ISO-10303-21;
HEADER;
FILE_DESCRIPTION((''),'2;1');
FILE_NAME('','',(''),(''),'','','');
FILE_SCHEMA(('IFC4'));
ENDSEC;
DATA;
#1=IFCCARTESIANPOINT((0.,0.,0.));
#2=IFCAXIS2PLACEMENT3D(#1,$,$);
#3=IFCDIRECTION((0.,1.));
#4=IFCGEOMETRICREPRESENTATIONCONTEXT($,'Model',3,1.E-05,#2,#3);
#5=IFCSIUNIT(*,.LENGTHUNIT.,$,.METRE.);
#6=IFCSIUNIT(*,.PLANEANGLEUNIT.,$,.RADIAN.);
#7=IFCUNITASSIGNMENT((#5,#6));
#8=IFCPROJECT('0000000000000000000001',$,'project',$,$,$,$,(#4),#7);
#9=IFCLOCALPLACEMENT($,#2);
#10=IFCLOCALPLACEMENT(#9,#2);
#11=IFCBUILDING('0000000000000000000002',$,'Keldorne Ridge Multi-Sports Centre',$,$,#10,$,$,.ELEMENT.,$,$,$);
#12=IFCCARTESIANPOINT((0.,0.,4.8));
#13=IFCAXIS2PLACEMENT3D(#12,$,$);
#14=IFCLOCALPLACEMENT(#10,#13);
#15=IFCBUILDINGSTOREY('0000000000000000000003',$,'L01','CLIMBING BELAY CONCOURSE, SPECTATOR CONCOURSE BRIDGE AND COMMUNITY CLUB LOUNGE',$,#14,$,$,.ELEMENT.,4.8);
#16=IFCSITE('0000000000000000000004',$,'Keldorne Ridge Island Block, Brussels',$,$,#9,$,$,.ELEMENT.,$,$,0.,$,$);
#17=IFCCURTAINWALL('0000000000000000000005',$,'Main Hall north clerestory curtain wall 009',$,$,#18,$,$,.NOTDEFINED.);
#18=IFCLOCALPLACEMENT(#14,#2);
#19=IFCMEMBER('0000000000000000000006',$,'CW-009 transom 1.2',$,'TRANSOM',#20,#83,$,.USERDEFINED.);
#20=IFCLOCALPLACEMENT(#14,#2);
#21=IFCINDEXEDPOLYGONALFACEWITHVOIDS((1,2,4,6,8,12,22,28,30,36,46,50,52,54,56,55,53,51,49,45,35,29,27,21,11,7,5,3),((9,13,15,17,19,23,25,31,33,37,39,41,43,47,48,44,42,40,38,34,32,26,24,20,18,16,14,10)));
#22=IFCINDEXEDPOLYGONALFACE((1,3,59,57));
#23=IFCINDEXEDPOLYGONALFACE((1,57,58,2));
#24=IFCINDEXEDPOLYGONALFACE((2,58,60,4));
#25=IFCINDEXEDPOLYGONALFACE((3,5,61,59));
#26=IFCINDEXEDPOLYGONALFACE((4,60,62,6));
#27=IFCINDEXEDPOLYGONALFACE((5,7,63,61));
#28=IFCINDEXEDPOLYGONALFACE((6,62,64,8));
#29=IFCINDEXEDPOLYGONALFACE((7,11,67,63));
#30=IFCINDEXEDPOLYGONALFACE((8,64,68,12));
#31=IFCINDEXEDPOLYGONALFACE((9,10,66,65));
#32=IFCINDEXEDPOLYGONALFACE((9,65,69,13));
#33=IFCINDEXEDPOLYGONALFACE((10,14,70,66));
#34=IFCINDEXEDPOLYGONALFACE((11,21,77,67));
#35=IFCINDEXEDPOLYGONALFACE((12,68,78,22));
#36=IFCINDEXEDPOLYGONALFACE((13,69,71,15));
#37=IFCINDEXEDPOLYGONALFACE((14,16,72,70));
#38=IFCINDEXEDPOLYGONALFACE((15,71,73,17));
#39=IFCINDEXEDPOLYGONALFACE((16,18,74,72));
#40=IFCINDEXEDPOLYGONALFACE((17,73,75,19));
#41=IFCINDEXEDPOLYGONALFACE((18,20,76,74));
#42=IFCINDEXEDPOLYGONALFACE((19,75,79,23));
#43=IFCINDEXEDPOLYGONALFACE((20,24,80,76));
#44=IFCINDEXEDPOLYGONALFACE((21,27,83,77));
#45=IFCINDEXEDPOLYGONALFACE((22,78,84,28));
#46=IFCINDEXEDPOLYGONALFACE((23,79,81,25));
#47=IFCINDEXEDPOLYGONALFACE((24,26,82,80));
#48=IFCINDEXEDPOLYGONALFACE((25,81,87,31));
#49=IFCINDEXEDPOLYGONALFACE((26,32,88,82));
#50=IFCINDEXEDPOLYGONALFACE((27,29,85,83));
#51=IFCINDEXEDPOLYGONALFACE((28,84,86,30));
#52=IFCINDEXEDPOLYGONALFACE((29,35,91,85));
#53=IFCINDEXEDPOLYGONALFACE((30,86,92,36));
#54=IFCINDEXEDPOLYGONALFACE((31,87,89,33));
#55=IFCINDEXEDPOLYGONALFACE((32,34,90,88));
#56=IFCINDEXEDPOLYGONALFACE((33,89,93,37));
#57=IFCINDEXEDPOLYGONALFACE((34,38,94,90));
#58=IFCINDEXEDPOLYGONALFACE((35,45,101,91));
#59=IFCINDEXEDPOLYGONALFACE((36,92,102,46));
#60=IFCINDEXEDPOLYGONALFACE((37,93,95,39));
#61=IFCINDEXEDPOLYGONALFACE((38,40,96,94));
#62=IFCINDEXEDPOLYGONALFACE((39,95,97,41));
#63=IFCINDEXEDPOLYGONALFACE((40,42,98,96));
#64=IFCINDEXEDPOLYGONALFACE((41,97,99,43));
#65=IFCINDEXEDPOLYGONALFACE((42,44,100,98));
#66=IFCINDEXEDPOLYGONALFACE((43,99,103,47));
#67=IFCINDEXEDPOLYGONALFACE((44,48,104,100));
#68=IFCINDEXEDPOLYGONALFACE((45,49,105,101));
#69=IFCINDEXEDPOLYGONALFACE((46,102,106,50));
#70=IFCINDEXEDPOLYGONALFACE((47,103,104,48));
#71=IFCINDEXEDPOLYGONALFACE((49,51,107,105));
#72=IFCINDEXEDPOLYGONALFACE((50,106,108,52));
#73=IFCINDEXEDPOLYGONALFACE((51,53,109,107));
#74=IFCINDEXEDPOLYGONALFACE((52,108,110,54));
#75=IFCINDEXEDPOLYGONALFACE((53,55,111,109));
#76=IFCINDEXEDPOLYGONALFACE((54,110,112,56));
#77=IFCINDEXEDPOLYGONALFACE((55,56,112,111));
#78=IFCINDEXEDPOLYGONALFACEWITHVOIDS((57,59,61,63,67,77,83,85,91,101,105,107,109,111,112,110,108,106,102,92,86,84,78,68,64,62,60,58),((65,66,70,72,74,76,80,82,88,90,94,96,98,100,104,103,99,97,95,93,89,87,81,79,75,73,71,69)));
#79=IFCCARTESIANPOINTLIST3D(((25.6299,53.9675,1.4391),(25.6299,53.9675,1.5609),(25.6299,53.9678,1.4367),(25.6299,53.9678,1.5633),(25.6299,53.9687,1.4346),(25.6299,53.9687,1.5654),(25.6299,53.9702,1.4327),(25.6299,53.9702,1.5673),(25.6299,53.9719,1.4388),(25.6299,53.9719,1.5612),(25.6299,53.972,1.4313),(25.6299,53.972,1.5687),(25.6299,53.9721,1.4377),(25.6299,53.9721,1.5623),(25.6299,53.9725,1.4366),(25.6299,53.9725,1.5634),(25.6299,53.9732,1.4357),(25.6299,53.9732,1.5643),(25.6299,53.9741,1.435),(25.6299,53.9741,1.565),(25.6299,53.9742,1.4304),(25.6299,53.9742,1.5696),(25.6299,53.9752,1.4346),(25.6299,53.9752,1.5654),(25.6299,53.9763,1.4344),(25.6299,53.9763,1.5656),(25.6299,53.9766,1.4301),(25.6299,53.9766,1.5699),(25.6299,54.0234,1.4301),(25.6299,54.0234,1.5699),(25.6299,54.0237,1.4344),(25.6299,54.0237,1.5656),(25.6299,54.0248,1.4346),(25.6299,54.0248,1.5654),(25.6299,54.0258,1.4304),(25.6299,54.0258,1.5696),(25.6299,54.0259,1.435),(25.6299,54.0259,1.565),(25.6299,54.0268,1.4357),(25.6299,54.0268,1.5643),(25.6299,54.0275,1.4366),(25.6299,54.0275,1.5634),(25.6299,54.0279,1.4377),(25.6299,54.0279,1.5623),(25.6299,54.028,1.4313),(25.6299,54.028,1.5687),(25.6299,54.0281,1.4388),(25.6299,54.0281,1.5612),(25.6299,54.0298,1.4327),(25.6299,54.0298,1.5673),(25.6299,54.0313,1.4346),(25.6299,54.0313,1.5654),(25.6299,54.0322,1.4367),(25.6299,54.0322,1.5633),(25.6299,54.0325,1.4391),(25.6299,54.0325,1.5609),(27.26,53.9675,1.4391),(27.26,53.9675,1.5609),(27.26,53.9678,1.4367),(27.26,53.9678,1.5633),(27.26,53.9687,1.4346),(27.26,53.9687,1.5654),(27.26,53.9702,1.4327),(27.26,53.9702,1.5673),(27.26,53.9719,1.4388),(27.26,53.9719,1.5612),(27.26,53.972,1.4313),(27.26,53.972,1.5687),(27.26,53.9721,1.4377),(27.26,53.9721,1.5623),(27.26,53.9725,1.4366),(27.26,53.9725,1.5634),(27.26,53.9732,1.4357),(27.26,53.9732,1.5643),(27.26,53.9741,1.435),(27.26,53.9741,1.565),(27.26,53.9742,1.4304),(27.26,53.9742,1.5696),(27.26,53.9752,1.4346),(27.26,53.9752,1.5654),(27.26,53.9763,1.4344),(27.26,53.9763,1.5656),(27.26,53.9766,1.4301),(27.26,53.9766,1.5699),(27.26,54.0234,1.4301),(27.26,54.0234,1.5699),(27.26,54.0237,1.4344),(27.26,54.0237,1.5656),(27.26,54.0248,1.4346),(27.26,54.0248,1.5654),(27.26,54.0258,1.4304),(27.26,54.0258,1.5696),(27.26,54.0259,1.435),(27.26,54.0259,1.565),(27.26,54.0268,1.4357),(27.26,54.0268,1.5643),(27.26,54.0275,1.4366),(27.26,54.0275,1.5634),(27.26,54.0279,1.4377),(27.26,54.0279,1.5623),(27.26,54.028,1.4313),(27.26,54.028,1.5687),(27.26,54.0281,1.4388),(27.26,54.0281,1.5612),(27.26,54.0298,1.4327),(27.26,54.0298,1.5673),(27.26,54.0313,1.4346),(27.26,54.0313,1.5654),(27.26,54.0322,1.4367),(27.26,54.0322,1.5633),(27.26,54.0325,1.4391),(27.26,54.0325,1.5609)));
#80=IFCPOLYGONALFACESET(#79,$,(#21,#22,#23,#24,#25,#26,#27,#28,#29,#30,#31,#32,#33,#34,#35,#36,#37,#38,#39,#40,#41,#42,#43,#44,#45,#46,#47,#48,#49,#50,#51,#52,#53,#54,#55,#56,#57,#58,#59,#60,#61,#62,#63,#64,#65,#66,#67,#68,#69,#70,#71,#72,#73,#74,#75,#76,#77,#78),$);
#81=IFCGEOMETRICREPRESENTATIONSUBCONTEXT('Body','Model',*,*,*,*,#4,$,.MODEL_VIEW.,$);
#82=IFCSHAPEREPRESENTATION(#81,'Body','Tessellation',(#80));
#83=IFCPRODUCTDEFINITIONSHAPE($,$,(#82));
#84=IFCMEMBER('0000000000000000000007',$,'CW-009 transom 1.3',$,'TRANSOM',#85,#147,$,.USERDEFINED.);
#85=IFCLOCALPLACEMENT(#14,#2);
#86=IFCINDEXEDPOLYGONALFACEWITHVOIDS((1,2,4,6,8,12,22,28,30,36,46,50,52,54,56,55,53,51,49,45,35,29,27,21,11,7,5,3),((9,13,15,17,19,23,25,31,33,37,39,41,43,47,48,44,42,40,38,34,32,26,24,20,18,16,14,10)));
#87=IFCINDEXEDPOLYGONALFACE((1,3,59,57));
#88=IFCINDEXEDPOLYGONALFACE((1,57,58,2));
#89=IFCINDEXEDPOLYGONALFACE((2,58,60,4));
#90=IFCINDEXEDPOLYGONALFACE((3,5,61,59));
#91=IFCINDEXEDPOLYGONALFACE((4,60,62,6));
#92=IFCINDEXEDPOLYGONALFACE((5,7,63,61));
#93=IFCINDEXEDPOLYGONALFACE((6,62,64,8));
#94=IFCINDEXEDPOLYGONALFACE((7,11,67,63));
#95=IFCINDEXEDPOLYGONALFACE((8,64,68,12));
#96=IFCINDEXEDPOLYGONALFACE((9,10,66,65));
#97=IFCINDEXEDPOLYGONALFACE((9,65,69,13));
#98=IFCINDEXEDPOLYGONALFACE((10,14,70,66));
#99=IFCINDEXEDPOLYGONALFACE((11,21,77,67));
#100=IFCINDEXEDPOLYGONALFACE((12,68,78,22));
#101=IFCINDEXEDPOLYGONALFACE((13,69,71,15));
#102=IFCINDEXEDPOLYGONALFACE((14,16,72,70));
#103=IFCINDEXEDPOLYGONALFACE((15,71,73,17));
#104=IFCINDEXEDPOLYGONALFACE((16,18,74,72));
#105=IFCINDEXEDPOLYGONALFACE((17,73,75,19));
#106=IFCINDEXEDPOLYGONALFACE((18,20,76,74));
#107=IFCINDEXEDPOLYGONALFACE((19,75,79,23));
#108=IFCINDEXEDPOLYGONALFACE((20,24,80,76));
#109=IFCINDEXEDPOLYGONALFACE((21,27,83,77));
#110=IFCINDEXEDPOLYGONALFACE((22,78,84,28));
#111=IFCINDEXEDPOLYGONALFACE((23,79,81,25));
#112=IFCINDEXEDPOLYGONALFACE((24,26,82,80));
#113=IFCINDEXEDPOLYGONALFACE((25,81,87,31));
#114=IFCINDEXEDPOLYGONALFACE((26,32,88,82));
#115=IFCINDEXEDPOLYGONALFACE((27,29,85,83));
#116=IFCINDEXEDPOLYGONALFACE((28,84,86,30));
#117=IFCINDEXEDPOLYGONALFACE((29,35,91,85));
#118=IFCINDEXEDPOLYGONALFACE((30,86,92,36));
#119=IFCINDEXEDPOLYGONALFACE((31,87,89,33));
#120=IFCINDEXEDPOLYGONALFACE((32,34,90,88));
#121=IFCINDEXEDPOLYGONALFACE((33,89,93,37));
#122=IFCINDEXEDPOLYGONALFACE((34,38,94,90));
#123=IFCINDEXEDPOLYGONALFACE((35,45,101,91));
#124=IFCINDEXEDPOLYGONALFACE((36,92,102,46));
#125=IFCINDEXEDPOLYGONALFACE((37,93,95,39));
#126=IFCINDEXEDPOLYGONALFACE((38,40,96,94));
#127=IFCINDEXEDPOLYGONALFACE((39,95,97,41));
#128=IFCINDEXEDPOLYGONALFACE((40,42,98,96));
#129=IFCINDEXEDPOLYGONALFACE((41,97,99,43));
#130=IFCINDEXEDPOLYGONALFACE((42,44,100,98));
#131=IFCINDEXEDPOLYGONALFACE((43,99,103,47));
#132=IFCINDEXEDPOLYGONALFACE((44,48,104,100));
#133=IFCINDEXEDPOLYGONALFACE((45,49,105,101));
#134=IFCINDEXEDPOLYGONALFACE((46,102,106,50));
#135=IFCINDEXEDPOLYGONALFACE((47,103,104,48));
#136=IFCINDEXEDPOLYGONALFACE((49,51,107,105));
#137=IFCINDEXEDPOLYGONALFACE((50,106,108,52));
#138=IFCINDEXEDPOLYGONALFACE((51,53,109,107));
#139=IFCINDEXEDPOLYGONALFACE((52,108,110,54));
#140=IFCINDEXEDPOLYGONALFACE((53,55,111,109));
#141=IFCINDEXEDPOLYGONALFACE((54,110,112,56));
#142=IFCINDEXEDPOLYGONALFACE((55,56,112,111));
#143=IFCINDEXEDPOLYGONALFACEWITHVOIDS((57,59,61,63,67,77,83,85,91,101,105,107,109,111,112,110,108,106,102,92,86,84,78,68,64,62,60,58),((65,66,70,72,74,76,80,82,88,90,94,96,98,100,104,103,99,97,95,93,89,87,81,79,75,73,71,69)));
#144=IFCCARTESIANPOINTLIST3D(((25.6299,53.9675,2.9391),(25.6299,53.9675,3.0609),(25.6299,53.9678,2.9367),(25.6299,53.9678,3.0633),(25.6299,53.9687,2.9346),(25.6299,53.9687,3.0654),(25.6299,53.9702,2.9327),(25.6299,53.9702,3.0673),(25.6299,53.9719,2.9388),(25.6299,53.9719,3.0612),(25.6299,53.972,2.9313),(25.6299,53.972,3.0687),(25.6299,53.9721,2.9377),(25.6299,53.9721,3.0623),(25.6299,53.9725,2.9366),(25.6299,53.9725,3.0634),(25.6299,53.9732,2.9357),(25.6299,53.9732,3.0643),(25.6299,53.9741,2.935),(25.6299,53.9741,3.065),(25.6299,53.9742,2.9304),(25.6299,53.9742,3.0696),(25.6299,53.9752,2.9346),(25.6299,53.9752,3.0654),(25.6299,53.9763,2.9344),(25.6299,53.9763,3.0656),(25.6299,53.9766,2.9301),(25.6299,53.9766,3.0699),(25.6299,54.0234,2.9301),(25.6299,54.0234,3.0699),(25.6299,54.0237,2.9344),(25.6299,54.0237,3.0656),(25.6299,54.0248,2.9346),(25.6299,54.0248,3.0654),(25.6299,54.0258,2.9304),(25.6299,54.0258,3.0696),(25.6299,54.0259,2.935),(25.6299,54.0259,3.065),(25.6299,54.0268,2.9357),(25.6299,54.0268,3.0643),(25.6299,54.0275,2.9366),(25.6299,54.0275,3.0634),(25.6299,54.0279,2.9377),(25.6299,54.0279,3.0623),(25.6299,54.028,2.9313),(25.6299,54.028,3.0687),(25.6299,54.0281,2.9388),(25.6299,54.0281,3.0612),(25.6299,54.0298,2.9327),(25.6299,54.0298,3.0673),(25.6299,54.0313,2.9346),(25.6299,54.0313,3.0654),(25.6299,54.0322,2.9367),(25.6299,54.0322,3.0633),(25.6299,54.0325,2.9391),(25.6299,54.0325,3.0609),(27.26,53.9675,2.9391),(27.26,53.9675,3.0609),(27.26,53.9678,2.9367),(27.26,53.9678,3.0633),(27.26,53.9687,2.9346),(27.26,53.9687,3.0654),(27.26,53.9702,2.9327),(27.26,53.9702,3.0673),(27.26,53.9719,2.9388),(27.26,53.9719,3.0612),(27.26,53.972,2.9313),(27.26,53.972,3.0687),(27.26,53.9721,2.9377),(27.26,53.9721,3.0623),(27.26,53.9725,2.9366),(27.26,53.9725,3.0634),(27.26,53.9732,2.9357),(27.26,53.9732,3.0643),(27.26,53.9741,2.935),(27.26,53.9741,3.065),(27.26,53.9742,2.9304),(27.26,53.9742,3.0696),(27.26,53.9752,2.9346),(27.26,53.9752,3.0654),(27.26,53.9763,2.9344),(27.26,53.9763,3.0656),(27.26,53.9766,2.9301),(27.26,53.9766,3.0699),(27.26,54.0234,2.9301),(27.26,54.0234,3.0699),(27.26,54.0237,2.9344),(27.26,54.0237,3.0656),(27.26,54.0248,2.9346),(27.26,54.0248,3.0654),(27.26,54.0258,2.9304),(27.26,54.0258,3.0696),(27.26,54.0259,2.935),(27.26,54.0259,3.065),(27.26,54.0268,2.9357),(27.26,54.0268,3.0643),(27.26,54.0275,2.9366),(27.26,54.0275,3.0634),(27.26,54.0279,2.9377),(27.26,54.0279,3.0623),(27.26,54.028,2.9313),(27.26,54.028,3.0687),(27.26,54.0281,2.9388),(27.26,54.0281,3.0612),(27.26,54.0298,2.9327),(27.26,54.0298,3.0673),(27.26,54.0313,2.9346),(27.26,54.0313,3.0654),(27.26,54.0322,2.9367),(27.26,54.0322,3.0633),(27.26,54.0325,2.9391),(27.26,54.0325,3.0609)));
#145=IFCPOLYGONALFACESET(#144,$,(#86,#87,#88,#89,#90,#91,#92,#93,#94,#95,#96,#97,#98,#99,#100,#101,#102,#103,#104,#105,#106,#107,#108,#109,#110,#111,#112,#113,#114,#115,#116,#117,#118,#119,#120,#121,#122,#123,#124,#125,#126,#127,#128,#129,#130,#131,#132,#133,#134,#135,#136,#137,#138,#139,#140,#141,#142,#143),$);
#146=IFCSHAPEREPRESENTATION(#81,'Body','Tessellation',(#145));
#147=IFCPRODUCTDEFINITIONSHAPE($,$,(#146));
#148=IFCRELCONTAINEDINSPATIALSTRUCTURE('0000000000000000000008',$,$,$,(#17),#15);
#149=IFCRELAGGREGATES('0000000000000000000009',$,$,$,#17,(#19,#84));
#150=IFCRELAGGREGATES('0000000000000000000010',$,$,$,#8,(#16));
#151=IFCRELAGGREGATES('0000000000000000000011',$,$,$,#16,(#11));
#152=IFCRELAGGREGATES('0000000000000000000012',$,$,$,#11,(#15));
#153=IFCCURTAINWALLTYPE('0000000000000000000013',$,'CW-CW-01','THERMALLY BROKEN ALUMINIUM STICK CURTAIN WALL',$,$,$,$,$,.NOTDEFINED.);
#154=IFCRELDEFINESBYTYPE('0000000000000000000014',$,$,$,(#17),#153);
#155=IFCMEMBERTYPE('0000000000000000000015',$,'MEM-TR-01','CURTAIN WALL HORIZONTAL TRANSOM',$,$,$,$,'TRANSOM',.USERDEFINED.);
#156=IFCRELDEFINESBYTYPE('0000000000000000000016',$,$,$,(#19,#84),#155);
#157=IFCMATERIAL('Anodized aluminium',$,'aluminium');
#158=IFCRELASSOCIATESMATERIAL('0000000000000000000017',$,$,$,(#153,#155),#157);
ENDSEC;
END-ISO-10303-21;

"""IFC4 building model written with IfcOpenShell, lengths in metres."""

from ifc_helpers import new_model, si_unit, direction, frame, origin, origin_2d, place, context, subcontext, project, spatial, hollow_rectangle, extrude, material, material_profile, profile_set, type_object, element, aggregate, save


model = new_model("IFC4")

# Units and contexts
model_context = context("Model", 3, precision=1e-05, world=origin(), true_north=direction((0.0, 1.0)))
body_context = subcontext(model_context, "Body", "Model", "MODEL_VIEW")
ifc_project = project(units=[si_unit("LENGTHUNIT", "METRE"), si_unit("PLANEANGLEUNIT", "RADIAN")], contexts=[model_context])

# Site, building, storey
site_placement = place(None, origin())
site = spatial("IfcSite", under=ifc_project, at=site_placement, Name="Keldorne Ridge Island Block, Brussels", CompositionType="ELEMENT", RefElevation=0.0)
building_placement = place(site_placement, origin())
building = spatial("IfcBuilding", under=site, at=building_placement, Name="Keldorne Ridge Multi-Sports Centre", CompositionType="ELEMENT")
storey_placement = place(building_placement, frame((0.0, 0.0, 4.8)))
storey = spatial("IfcBuildingStorey", under=building, at=storey_placement, Name="L01", Description="CLIMBING BELAY CONCOURSE, SPECTATOR CONCOURSE BRIDGE AND COMMUNITY CLUB LOUNGE", CompositionType="ELEMENT", Elevation=4.8)

# Curtain wall
ifc_material_1 = material(Name="Anodized aluminium", Category="aluminium")
curtain_wall_type_1 = type_object("IfcCurtainWallType", Name="CW-CW-01", Description="THERMALLY BROKEN ALUMINIUM STICK CURTAIN WALL", PredefinedType="NOTDEFINED", material=ifc_material_1)
curtain_wall_1_placement = place(storey_placement, origin())
curtain_wall_1 = element("IfcCurtainWall", 1, at=curtain_wall_1_placement, inside=storey, type_object=curtain_wall_type_1, Name="Main Hall north clerestory curtain wall 009", PredefinedType="NOTDEFINED")

# Members
ifc_material_profile_1 = material_profile(ifc_material_1, hollow_rectangle(XDim=0.0649, YDim=0.1399, WallThickness=0.0044, InnerFilletRadius=0.0044, OuterFilletRadius=0.009, at=origin_2d()), Name="ALU TRANSOM 140x65x4.5")
ifc_profile_set_1 = profile_set([ifc_material_profile_1], Name="Anodized aluminium")
member_type_1 = type_object("IfcMemberType", Name="MEM-TR-01", Description="CURTAIN WALL HORIZONTAL TRANSOM", ElementType="TRANSOM", PredefinedType="USERDEFINED", material=ifc_profile_set_1)
member_1_placement = place(storey_placement, frame((27.26, 54.0, 1.5), z_axis=(-1.0, 0.0, 0.0), x_axis=(0.0, -1.0, 0.0)))
member_1 = element("IfcMember", 2, at=member_1_placement, type_object=member_type_1, Name="CW-009 transom 1.2", ObjectType="TRANSOM", PredefinedType="USERDEFINED", context=body_context, shape_type="SweptSolid", body=[
    extrude(hollow_rectangle(XDim=0.0649, YDim=0.1399, WallThickness=0.0044, InnerFilletRadius=0.0044, OuterFilletRadius=0.009, at=origin_2d()), origin(), (0.0, 0.0, 1.0), 1.6301),
])
member_2_placement = place(storey_placement, frame((27.26, 54.0, 3.0), z_axis=(-1.0, 0.0, 0.0), x_axis=(0.0, -1.0, 0.0)))
member_2 = element("IfcMember", 3, at=member_2_placement, type_object=member_type_1, Name="CW-009 transom 1.3", ObjectType="TRANSOM", PredefinedType="USERDEFINED", context=body_context, shape_type="SweptSolid", body=[
    extrude(hollow_rectangle(XDim=0.0649, YDim=0.1399, WallThickness=0.0044, InnerFilletRadius=0.0044, OuterFilletRadius=0.009, at=origin_2d()), origin(), (0.0, 0.0, 1.0), 1.6301),
])

aggregate(curtain_wall_1, [member_1, member_2])

save(model, "model.ifc")
